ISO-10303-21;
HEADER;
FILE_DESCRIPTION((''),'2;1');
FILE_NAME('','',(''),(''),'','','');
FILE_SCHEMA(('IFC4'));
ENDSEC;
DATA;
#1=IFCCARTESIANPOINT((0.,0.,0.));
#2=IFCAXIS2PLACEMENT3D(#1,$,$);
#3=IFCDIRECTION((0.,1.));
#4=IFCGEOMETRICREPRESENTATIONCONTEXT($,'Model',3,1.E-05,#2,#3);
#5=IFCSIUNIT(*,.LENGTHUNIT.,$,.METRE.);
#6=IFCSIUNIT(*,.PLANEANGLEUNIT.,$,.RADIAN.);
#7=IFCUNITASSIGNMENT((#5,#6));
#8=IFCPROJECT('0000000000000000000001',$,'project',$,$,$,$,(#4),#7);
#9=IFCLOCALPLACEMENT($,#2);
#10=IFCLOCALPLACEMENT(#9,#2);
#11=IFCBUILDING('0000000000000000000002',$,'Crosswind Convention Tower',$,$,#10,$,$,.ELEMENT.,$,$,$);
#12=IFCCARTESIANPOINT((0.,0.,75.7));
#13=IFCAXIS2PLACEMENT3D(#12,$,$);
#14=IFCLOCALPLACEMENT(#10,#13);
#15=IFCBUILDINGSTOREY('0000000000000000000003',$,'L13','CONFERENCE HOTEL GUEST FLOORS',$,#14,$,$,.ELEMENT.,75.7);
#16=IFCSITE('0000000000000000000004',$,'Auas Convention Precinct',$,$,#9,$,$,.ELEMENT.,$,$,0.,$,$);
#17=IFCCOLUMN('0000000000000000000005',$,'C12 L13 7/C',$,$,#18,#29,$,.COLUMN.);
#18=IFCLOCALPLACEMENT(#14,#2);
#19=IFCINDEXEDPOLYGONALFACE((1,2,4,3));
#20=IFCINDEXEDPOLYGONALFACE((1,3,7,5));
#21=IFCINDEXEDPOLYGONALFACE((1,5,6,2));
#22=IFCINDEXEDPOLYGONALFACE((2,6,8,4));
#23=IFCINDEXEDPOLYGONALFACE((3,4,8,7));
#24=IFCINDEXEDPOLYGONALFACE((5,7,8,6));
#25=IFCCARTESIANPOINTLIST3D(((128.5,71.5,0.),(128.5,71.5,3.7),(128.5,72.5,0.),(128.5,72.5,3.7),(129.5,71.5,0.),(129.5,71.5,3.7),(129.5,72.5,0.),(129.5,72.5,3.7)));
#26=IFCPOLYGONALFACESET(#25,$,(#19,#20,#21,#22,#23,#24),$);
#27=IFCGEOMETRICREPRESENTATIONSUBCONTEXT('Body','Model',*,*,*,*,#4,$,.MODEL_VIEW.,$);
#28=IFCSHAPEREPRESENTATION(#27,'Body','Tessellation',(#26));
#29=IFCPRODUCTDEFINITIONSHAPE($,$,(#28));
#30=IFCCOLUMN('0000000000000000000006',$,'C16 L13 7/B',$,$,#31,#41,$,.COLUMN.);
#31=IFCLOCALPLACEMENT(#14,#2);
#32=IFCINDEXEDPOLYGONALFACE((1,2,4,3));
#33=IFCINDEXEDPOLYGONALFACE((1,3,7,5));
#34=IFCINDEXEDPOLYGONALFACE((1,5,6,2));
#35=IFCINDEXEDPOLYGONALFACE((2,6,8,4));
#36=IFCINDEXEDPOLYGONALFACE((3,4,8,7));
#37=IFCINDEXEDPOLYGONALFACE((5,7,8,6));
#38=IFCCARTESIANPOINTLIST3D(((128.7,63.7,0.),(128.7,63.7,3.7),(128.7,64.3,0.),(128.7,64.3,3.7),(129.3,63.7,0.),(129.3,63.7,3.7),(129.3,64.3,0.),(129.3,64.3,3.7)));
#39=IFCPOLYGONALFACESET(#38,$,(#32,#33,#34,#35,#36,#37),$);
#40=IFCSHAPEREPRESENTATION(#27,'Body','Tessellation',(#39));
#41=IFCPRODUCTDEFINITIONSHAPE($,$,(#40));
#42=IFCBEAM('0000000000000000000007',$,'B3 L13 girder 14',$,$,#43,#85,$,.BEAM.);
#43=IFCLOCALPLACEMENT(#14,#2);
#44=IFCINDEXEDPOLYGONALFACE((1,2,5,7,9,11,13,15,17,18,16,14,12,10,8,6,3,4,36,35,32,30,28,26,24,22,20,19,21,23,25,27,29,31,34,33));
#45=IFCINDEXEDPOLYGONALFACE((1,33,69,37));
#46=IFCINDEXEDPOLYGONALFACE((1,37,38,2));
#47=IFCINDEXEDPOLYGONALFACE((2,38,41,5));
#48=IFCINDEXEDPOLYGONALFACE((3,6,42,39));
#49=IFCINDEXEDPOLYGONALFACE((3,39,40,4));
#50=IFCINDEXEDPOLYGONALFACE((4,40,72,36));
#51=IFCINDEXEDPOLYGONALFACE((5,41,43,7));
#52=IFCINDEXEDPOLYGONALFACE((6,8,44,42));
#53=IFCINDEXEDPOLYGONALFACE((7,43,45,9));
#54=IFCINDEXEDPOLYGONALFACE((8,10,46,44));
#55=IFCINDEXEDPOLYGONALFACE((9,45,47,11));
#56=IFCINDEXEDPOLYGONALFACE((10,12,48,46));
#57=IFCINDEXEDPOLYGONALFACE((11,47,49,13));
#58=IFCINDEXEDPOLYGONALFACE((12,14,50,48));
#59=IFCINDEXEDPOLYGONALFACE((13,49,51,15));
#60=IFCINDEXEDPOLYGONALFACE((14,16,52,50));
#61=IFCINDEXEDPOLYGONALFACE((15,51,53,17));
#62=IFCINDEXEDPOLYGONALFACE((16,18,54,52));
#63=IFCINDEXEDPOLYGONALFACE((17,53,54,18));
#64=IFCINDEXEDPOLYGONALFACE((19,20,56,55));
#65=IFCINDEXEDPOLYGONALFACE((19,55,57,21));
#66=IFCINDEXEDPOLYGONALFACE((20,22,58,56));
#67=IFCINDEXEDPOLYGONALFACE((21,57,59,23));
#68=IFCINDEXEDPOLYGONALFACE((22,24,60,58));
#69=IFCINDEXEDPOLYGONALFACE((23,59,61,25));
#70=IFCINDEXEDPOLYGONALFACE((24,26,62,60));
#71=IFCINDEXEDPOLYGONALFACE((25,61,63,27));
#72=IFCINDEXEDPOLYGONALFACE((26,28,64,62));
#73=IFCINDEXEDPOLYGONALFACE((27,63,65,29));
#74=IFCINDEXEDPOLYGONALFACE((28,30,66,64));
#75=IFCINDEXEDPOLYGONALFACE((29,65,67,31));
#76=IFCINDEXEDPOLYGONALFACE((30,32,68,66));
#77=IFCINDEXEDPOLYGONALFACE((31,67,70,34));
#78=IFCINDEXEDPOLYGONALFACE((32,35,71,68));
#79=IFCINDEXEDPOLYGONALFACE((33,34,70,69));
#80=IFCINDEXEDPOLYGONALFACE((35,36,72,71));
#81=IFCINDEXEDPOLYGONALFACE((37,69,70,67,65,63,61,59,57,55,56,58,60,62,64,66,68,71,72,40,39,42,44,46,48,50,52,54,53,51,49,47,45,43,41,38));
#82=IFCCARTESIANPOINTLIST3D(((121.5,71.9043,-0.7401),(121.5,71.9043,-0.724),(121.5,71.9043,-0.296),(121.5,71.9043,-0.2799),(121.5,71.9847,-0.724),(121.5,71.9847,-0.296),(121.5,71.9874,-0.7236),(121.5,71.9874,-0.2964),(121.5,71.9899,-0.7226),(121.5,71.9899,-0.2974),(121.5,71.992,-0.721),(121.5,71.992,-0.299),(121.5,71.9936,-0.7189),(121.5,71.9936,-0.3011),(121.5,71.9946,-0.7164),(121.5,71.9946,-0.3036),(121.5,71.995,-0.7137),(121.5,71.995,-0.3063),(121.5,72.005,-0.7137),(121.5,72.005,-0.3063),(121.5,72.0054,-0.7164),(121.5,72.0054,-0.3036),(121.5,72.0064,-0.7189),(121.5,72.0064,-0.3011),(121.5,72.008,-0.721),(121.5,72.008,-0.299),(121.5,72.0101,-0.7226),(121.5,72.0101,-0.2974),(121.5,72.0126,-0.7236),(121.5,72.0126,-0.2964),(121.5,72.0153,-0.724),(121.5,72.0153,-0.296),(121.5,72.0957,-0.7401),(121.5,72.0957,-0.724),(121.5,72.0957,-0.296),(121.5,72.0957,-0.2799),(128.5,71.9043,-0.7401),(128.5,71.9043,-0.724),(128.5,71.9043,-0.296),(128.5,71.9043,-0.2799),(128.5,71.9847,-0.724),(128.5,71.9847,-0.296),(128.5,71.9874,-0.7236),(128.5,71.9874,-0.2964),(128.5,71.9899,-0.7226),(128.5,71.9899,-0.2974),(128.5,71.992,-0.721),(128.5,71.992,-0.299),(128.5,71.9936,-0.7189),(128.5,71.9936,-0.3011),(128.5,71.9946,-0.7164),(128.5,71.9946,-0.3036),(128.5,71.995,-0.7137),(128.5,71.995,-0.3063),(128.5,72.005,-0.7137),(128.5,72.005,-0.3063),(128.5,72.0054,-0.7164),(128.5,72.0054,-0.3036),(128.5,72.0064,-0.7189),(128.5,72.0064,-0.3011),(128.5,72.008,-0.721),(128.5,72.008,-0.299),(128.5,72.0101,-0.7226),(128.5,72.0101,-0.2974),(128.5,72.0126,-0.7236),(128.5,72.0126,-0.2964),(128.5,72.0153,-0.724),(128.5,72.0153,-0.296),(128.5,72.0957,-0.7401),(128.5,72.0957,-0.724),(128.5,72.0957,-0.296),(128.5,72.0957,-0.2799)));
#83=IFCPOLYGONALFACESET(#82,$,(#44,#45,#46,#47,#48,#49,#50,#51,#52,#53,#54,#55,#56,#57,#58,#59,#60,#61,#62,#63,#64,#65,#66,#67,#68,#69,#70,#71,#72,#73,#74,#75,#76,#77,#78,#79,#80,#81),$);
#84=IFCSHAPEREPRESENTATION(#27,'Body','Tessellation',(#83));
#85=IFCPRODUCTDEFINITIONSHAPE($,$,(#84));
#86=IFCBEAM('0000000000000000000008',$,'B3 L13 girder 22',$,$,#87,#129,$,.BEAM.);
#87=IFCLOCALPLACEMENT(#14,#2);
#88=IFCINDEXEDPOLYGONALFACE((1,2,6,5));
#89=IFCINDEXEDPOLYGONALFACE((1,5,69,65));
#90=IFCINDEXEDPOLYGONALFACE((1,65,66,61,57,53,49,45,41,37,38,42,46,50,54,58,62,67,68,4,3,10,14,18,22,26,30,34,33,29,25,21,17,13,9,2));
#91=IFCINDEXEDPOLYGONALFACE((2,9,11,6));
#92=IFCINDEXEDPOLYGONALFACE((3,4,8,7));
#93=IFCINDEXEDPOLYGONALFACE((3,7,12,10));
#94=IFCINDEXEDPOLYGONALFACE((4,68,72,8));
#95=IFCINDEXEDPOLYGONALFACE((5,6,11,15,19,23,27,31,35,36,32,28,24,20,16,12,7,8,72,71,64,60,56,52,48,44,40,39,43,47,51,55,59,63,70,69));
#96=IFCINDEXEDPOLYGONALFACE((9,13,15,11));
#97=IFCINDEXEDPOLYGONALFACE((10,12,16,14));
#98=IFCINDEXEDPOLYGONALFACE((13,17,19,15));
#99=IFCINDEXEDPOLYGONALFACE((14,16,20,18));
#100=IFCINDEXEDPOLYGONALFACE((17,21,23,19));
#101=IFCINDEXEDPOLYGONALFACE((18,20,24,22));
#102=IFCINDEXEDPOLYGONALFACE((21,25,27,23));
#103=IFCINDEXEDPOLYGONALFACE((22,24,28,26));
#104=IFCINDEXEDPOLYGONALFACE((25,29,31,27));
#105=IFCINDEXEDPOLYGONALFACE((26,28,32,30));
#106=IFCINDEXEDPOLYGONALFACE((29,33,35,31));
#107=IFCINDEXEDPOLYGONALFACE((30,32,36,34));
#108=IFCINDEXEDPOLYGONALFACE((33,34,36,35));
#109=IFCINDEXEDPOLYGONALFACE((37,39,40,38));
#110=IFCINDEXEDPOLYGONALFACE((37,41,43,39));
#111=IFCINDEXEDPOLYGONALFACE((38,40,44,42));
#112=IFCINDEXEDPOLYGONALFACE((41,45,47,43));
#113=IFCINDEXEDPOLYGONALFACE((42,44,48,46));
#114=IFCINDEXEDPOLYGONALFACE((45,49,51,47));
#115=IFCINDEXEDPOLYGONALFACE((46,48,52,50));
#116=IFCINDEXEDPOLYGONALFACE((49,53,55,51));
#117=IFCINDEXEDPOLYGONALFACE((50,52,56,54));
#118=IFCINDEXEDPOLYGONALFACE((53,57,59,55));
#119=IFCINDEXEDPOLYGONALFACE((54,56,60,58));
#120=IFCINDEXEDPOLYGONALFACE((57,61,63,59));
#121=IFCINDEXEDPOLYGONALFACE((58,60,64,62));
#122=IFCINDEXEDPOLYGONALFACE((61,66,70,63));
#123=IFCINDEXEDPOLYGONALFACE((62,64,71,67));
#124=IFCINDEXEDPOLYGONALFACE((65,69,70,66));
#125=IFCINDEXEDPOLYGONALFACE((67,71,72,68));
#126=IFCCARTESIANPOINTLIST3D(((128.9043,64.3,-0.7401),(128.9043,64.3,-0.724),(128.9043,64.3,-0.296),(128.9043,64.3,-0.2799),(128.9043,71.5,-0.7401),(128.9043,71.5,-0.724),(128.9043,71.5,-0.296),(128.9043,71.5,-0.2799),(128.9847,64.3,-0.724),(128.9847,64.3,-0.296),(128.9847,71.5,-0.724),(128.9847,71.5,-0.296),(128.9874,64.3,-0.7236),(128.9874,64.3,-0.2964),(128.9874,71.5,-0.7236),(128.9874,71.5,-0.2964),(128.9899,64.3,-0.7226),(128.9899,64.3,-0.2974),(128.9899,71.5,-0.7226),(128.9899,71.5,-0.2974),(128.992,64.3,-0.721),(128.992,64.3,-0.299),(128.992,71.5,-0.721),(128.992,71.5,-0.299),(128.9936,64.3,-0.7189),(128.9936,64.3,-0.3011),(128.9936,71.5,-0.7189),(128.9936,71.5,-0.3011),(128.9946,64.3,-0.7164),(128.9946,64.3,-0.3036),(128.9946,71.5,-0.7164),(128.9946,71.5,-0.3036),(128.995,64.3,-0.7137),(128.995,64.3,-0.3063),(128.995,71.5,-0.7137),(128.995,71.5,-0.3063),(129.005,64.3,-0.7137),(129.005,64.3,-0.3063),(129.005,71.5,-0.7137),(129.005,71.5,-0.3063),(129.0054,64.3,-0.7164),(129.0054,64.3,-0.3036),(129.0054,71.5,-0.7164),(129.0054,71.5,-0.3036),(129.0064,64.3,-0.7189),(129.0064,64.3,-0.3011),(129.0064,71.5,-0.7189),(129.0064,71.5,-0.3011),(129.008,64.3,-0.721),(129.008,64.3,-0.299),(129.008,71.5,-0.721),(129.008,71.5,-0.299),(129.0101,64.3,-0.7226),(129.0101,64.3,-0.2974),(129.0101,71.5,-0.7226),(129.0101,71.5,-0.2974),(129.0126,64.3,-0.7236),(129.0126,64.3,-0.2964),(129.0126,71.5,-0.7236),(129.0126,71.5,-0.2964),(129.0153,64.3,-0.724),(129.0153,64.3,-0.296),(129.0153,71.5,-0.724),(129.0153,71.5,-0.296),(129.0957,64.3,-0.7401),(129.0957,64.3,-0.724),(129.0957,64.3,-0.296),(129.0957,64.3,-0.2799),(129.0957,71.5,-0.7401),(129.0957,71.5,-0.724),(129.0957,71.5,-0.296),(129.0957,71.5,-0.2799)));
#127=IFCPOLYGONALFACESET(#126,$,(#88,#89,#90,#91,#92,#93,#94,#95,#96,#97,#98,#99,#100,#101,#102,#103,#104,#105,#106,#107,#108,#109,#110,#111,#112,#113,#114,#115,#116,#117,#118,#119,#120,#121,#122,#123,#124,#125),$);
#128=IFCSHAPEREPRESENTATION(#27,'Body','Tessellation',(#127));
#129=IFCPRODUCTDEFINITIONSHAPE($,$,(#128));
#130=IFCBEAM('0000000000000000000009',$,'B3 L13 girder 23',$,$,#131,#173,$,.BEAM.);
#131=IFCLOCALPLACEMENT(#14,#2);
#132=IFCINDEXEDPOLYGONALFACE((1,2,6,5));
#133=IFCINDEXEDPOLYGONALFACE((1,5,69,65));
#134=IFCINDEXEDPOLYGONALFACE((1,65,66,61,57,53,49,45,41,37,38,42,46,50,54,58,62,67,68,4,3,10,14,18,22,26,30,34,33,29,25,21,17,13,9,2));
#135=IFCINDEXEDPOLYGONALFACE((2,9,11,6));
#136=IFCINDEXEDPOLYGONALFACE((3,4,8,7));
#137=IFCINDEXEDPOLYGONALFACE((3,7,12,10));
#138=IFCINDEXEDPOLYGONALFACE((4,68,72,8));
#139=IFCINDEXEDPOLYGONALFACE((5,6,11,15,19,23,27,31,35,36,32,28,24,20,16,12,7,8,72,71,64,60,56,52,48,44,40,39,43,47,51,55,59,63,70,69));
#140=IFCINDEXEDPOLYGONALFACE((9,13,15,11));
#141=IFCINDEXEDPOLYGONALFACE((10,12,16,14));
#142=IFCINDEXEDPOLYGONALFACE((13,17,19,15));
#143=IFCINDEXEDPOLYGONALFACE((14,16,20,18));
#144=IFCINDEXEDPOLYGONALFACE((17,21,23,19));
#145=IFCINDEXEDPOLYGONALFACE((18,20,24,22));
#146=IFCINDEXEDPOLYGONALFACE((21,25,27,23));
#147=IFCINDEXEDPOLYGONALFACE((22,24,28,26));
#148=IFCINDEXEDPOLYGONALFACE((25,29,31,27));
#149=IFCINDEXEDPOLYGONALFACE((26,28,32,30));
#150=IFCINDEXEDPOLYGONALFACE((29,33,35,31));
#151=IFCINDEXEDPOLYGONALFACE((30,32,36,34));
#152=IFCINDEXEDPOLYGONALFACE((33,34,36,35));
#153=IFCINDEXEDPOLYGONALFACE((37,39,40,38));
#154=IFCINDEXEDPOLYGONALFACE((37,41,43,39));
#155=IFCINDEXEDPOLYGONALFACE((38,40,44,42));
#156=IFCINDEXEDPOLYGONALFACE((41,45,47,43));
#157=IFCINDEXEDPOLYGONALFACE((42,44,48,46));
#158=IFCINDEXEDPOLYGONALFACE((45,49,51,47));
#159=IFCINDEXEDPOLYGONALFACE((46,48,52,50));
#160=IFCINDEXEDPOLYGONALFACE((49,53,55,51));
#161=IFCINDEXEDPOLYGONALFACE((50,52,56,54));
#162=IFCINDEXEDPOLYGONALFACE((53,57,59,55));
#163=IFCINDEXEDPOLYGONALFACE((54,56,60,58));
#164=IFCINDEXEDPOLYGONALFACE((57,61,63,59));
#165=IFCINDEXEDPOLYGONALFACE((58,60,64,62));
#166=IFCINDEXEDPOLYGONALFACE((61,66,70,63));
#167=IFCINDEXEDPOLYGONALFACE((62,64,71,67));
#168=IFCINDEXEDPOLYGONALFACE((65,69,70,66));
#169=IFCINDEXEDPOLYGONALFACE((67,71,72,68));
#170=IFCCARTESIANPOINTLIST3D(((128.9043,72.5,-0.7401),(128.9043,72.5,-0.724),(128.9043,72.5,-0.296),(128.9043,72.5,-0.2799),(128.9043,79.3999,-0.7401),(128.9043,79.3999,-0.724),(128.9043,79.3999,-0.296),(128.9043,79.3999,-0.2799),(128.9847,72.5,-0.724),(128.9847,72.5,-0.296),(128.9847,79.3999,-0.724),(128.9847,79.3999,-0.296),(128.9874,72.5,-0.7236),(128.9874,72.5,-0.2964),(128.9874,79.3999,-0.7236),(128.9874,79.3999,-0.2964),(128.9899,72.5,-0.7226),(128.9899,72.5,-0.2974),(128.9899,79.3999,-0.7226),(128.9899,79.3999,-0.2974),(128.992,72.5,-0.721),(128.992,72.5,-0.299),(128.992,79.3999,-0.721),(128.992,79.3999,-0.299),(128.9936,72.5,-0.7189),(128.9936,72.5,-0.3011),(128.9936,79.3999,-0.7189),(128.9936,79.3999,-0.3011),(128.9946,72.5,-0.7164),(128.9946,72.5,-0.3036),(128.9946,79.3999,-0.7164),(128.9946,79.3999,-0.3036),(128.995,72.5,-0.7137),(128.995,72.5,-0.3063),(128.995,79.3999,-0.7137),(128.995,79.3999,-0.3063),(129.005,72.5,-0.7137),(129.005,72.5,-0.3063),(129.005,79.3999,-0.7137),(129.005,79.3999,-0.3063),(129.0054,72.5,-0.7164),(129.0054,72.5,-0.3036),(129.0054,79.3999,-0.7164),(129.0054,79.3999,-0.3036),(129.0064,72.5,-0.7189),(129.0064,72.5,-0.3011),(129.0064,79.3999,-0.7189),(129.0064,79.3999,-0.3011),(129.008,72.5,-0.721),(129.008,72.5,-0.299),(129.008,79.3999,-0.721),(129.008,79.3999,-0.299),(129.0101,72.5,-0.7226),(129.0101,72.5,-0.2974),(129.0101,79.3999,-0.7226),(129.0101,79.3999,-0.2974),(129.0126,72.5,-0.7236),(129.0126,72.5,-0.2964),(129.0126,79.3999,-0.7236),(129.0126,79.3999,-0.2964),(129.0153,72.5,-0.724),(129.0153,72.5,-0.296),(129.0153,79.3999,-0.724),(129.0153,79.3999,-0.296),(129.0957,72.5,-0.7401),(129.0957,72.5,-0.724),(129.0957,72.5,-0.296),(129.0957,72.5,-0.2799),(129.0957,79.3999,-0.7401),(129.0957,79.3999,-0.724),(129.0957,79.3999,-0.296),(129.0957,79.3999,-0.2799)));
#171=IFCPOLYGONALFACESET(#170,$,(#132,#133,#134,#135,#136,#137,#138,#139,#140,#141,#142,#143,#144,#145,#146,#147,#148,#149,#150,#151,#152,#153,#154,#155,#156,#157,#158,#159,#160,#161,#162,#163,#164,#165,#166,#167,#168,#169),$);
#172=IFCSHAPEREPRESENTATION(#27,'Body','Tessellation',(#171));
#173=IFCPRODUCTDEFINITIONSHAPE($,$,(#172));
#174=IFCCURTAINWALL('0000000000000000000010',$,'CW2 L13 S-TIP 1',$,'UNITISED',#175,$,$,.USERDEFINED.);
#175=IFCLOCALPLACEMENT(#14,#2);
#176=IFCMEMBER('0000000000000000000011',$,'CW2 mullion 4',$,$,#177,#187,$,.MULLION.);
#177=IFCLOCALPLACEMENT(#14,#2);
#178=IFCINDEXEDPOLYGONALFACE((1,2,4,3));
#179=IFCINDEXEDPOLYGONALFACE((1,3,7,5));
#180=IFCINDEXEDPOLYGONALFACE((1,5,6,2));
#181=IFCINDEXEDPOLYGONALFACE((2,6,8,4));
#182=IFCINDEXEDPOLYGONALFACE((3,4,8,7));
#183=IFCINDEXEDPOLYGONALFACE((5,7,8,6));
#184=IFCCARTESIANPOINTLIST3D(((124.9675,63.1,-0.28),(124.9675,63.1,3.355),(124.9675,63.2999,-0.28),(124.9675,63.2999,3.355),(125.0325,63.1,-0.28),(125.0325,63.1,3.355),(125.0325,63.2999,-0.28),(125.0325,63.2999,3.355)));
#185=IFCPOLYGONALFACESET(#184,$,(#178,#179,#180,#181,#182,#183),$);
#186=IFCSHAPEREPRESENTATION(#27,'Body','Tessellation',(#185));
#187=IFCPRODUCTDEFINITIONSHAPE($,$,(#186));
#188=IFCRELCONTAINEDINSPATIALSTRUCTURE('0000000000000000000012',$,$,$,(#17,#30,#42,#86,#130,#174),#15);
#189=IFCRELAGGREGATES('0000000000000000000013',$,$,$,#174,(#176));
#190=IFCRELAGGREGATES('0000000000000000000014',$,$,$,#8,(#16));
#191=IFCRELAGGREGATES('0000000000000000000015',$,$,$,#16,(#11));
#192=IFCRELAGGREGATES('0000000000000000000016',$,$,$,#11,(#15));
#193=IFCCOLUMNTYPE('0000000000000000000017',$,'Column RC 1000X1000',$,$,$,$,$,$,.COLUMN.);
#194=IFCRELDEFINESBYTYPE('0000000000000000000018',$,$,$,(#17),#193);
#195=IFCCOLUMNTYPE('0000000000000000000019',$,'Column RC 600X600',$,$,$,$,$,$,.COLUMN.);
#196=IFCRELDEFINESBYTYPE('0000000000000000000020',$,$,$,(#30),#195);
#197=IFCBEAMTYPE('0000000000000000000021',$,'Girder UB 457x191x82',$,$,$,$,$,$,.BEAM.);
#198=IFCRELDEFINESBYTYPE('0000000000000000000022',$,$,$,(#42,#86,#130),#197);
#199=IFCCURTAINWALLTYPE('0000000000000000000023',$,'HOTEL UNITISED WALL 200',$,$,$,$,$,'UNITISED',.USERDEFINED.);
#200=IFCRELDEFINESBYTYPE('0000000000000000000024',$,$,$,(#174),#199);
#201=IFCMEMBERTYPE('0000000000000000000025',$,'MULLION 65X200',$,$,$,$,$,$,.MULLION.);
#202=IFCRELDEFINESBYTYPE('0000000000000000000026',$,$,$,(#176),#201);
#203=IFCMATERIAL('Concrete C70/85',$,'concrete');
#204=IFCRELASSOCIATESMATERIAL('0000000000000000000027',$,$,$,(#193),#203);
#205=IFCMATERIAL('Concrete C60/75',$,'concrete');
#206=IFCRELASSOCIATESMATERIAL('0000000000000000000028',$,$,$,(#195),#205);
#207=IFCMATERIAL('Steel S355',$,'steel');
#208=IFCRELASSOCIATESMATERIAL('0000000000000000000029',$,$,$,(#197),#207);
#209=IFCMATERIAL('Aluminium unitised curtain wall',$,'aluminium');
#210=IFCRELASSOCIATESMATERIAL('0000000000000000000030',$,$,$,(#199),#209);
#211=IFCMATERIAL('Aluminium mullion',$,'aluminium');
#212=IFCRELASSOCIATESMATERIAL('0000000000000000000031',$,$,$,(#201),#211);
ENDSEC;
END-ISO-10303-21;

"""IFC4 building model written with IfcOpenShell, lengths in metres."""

from ifc_helpers import new_model, si_unit, direction, frame, origin, origin_2d, place, context, subcontext, project, spatial, rectangle, i_section, extrude, material, material_profile, profile_set, type_object, element, aggregate, save


model = new_model("IFC4")

# Units and contexts
model_context = context("Model", 3, precision=1e-05, world=origin(), true_north=direction((0.0, 1.0)))
body_context = subcontext(model_context, "Body", "Model", "MODEL_VIEW")
ifc_project = project(units=[si_unit("LENGTHUNIT", "METRE"), si_unit("PLANEANGLEUNIT", "RADIAN")], contexts=[model_context])

# Site, building, storey
site_placement = place(None, origin())
site = spatial("IfcSite", under=ifc_project, at=site_placement, Name="Auas Convention Precinct", CompositionType="ELEMENT", RefElevation=0.0)
building_placement = place(site_placement, origin())
building = spatial("IfcBuilding", under=site, at=building_placement, Name="Crosswind Convention Tower", CompositionType="ELEMENT")
storey_placement = place(building_placement, frame((0.0, 0.0, 75.7)))
storey = spatial("IfcBuildingStorey", under=building, at=storey_placement, Name="L13", Description="CONFERENCE HOTEL GUEST FLOORS", CompositionType="ELEMENT", Elevation=75.7)

# Columns
ifc_material_1 = material(Name="Concrete C70/85", Category="concrete")
ifc_material_profile_1 = material_profile(ifc_material_1, rectangle(XDim=1.0, YDim=1.0, at=origin_2d()), Name="RC 1000X1000")
ifc_profile_set_1 = profile_set([ifc_material_profile_1], Name="Concrete C70/85")
column_type_1 = type_object("IfcColumnType", Name="Column RC 1000X1000", PredefinedType="COLUMN", material=ifc_profile_set_1)
column_1_placement = place(storey_placement, frame((129.0, 72.0, 0.0), z_axis=(0.0, 0.0, 1.0), x_axis=(1.0, 0.0, 0.0)))
element("IfcColumn", 1, at=column_1_placement, inside=storey, type_object=column_type_1, Name="C12 L13 7/C", PredefinedType="COLUMN", context=body_context, shape_type="SweptSolid", body=[
    extrude(rectangle(XDim=1.0, YDim=1.0, at=origin_2d()), origin(), (0.0, 0.0, 1.0), 3.7),
])
ifc_material_2 = material(Name="Concrete C60/75", Category="concrete")
ifc_material_profile_2 = material_profile(ifc_material_2, rectangle(XDim=0.6001, YDim=0.6001, at=origin_2d()), Name="RC 600X600")
ifc_profile_set_2 = profile_set([ifc_material_profile_2], Name="Concrete C60/75")
column_type_2 = type_object("IfcColumnType", Name="Column RC 600X600", PredefinedType="COLUMN", material=ifc_profile_set_2)
column_2_placement = place(storey_placement, frame((129.0, 64.0, 0.0), z_axis=(0.0, 0.0, 1.0), x_axis=(1.0, 0.0, 0.0)))
element("IfcColumn", 2, at=column_2_placement, inside=storey, type_object=column_type_2, Name="C16 L13 7/B", PredefinedType="COLUMN", context=body_context, shape_type="SweptSolid", body=[
    extrude(rectangle(XDim=0.6001, YDim=0.6001, at=origin_2d()), origin(), (0.0, 0.0, 1.0), 3.7),
])

# Beams
ifc_material_3 = material(Name="Steel S355", Category="steel")
ifc_material_profile_3 = material_profile(ifc_material_3, i_section(OverallWidth=0.1914, OverallDepth=0.4602, WebThickness=0.01, FlangeThickness=0.0161, FilletRadius=0.0103, at=origin_2d()), Name="UB 457x191x82")
ifc_profile_set_3 = profile_set([ifc_material_profile_3], Name="Steel S355")
beam_type_1 = type_object("IfcBeamType", Name="Girder UB 457x191x82", PredefinedType="BEAM", material=ifc_profile_set_3)
beam_1_placement = place(storey_placement, frame((121.5, 72.0, -0.51), z_axis=(1.0, 0.0, 0.0), x_axis=(0.0, 1.0, 0.0)))
element("IfcBeam", 3, at=beam_1_placement, inside=storey, type_object=beam_type_1, Name="B3 L13 girder 14", PredefinedType="BEAM", context=body_context, shape_type="SweptSolid", body=[
    extrude(i_section(OverallWidth=0.1914, OverallDepth=0.4602, WebThickness=0.01, FlangeThickness=0.0161, FilletRadius=0.0103, at=origin_2d()), origin(), (0.0, 0.0, 1.0), 7.0),
])
beam_2_placement = place(storey_placement, frame((129.0, 64.3, -0.51), z_axis=(0.0, 1.0, 0.0), x_axis=(-1.0, 0.0, 0.0)))
element("IfcBeam", 4, at=beam_2_placement, inside=storey, type_object=beam_type_1, Name="B3 L13 girder 22", PredefinedType="BEAM", context=body_context, shape_type="SweptSolid", body=[
    extrude(i_section(OverallWidth=0.1914, OverallDepth=0.4602, WebThickness=0.01, FlangeThickness=0.0161, FilletRadius=0.0103, at=origin_2d()), origin(), (0.0, 0.0, 1.0), 7.2),
])
beam_3_placement = place(storey_placement, frame((129.0, 72.5, -0.51), z_axis=(0.0, 1.0, 0.0), x_axis=(-1.0, 0.0, 0.0)))
element("IfcBeam", 5, at=beam_3_placement, inside=storey, type_object=beam_type_1, Name="B3 L13 girder 23", PredefinedType="BEAM", context=body_context, shape_type="SweptSolid", body=[
    extrude(i_section(OverallWidth=0.1914, OverallDepth=0.4602, WebThickness=0.01, FlangeThickness=0.0161, FilletRadius=0.0103, at=origin_2d()), origin(), (0.0, 0.0, 1.0), 6.8999),
])

# Curtain wall, member
ifc_material_4 = material(Name="Aluminium unitised curtain wall", Category="aluminium")
curtain_wall_type = type_object("IfcCurtainWallType", Name="HOTEL UNITISED WALL 200", ElementType="UNITISED", PredefinedType="USERDEFINED", material=ifc_material_4)
curtain_wall_placement = place(storey_placement, origin())
curtain_wall = element("IfcCurtainWall", 6, at=curtain_wall_placement, inside=storey, type_object=curtain_wall_type, Name="CW2 L13 S-TIP 1", ObjectType="UNITISED", PredefinedType="USERDEFINED")
ifc_material_5 = material(Name="Aluminium mullion", Category="aluminium")
ifc_material_profile_4 = material_profile(ifc_material_5, rectangle(XDim=0.2, YDim=0.0649, at=origin_2d()), Name="AL 200X65")
ifc_profile_set_4 = profile_set([ifc_material_profile_4], Name="Aluminium mullion")
member_type = type_object("IfcMemberType", Name="MULLION 65X200", PredefinedType="MULLION", material=ifc_profile_set_4)
member_1_placement = place(storey_placement, frame((125.0, 63.2, -0.28), z_axis=(0.0, 0.0, 1.0), x_axis=(0.0, -1.0, 0.0)))
member_1 = element("IfcMember", 7, at=member_1_placement, type_object=member_type, Name="CW2 mullion 4", PredefinedType="MULLION", context=body_context, shape_type="SweptSolid", body=[
    extrude(rectangle(XDim=0.2, YDim=0.0649, at=origin_2d()), origin(), (0.0, 0.0, 1.0), 3.635),
])

aggregate(curtain_wall, [member_1])

save(model, "model.ifc")
